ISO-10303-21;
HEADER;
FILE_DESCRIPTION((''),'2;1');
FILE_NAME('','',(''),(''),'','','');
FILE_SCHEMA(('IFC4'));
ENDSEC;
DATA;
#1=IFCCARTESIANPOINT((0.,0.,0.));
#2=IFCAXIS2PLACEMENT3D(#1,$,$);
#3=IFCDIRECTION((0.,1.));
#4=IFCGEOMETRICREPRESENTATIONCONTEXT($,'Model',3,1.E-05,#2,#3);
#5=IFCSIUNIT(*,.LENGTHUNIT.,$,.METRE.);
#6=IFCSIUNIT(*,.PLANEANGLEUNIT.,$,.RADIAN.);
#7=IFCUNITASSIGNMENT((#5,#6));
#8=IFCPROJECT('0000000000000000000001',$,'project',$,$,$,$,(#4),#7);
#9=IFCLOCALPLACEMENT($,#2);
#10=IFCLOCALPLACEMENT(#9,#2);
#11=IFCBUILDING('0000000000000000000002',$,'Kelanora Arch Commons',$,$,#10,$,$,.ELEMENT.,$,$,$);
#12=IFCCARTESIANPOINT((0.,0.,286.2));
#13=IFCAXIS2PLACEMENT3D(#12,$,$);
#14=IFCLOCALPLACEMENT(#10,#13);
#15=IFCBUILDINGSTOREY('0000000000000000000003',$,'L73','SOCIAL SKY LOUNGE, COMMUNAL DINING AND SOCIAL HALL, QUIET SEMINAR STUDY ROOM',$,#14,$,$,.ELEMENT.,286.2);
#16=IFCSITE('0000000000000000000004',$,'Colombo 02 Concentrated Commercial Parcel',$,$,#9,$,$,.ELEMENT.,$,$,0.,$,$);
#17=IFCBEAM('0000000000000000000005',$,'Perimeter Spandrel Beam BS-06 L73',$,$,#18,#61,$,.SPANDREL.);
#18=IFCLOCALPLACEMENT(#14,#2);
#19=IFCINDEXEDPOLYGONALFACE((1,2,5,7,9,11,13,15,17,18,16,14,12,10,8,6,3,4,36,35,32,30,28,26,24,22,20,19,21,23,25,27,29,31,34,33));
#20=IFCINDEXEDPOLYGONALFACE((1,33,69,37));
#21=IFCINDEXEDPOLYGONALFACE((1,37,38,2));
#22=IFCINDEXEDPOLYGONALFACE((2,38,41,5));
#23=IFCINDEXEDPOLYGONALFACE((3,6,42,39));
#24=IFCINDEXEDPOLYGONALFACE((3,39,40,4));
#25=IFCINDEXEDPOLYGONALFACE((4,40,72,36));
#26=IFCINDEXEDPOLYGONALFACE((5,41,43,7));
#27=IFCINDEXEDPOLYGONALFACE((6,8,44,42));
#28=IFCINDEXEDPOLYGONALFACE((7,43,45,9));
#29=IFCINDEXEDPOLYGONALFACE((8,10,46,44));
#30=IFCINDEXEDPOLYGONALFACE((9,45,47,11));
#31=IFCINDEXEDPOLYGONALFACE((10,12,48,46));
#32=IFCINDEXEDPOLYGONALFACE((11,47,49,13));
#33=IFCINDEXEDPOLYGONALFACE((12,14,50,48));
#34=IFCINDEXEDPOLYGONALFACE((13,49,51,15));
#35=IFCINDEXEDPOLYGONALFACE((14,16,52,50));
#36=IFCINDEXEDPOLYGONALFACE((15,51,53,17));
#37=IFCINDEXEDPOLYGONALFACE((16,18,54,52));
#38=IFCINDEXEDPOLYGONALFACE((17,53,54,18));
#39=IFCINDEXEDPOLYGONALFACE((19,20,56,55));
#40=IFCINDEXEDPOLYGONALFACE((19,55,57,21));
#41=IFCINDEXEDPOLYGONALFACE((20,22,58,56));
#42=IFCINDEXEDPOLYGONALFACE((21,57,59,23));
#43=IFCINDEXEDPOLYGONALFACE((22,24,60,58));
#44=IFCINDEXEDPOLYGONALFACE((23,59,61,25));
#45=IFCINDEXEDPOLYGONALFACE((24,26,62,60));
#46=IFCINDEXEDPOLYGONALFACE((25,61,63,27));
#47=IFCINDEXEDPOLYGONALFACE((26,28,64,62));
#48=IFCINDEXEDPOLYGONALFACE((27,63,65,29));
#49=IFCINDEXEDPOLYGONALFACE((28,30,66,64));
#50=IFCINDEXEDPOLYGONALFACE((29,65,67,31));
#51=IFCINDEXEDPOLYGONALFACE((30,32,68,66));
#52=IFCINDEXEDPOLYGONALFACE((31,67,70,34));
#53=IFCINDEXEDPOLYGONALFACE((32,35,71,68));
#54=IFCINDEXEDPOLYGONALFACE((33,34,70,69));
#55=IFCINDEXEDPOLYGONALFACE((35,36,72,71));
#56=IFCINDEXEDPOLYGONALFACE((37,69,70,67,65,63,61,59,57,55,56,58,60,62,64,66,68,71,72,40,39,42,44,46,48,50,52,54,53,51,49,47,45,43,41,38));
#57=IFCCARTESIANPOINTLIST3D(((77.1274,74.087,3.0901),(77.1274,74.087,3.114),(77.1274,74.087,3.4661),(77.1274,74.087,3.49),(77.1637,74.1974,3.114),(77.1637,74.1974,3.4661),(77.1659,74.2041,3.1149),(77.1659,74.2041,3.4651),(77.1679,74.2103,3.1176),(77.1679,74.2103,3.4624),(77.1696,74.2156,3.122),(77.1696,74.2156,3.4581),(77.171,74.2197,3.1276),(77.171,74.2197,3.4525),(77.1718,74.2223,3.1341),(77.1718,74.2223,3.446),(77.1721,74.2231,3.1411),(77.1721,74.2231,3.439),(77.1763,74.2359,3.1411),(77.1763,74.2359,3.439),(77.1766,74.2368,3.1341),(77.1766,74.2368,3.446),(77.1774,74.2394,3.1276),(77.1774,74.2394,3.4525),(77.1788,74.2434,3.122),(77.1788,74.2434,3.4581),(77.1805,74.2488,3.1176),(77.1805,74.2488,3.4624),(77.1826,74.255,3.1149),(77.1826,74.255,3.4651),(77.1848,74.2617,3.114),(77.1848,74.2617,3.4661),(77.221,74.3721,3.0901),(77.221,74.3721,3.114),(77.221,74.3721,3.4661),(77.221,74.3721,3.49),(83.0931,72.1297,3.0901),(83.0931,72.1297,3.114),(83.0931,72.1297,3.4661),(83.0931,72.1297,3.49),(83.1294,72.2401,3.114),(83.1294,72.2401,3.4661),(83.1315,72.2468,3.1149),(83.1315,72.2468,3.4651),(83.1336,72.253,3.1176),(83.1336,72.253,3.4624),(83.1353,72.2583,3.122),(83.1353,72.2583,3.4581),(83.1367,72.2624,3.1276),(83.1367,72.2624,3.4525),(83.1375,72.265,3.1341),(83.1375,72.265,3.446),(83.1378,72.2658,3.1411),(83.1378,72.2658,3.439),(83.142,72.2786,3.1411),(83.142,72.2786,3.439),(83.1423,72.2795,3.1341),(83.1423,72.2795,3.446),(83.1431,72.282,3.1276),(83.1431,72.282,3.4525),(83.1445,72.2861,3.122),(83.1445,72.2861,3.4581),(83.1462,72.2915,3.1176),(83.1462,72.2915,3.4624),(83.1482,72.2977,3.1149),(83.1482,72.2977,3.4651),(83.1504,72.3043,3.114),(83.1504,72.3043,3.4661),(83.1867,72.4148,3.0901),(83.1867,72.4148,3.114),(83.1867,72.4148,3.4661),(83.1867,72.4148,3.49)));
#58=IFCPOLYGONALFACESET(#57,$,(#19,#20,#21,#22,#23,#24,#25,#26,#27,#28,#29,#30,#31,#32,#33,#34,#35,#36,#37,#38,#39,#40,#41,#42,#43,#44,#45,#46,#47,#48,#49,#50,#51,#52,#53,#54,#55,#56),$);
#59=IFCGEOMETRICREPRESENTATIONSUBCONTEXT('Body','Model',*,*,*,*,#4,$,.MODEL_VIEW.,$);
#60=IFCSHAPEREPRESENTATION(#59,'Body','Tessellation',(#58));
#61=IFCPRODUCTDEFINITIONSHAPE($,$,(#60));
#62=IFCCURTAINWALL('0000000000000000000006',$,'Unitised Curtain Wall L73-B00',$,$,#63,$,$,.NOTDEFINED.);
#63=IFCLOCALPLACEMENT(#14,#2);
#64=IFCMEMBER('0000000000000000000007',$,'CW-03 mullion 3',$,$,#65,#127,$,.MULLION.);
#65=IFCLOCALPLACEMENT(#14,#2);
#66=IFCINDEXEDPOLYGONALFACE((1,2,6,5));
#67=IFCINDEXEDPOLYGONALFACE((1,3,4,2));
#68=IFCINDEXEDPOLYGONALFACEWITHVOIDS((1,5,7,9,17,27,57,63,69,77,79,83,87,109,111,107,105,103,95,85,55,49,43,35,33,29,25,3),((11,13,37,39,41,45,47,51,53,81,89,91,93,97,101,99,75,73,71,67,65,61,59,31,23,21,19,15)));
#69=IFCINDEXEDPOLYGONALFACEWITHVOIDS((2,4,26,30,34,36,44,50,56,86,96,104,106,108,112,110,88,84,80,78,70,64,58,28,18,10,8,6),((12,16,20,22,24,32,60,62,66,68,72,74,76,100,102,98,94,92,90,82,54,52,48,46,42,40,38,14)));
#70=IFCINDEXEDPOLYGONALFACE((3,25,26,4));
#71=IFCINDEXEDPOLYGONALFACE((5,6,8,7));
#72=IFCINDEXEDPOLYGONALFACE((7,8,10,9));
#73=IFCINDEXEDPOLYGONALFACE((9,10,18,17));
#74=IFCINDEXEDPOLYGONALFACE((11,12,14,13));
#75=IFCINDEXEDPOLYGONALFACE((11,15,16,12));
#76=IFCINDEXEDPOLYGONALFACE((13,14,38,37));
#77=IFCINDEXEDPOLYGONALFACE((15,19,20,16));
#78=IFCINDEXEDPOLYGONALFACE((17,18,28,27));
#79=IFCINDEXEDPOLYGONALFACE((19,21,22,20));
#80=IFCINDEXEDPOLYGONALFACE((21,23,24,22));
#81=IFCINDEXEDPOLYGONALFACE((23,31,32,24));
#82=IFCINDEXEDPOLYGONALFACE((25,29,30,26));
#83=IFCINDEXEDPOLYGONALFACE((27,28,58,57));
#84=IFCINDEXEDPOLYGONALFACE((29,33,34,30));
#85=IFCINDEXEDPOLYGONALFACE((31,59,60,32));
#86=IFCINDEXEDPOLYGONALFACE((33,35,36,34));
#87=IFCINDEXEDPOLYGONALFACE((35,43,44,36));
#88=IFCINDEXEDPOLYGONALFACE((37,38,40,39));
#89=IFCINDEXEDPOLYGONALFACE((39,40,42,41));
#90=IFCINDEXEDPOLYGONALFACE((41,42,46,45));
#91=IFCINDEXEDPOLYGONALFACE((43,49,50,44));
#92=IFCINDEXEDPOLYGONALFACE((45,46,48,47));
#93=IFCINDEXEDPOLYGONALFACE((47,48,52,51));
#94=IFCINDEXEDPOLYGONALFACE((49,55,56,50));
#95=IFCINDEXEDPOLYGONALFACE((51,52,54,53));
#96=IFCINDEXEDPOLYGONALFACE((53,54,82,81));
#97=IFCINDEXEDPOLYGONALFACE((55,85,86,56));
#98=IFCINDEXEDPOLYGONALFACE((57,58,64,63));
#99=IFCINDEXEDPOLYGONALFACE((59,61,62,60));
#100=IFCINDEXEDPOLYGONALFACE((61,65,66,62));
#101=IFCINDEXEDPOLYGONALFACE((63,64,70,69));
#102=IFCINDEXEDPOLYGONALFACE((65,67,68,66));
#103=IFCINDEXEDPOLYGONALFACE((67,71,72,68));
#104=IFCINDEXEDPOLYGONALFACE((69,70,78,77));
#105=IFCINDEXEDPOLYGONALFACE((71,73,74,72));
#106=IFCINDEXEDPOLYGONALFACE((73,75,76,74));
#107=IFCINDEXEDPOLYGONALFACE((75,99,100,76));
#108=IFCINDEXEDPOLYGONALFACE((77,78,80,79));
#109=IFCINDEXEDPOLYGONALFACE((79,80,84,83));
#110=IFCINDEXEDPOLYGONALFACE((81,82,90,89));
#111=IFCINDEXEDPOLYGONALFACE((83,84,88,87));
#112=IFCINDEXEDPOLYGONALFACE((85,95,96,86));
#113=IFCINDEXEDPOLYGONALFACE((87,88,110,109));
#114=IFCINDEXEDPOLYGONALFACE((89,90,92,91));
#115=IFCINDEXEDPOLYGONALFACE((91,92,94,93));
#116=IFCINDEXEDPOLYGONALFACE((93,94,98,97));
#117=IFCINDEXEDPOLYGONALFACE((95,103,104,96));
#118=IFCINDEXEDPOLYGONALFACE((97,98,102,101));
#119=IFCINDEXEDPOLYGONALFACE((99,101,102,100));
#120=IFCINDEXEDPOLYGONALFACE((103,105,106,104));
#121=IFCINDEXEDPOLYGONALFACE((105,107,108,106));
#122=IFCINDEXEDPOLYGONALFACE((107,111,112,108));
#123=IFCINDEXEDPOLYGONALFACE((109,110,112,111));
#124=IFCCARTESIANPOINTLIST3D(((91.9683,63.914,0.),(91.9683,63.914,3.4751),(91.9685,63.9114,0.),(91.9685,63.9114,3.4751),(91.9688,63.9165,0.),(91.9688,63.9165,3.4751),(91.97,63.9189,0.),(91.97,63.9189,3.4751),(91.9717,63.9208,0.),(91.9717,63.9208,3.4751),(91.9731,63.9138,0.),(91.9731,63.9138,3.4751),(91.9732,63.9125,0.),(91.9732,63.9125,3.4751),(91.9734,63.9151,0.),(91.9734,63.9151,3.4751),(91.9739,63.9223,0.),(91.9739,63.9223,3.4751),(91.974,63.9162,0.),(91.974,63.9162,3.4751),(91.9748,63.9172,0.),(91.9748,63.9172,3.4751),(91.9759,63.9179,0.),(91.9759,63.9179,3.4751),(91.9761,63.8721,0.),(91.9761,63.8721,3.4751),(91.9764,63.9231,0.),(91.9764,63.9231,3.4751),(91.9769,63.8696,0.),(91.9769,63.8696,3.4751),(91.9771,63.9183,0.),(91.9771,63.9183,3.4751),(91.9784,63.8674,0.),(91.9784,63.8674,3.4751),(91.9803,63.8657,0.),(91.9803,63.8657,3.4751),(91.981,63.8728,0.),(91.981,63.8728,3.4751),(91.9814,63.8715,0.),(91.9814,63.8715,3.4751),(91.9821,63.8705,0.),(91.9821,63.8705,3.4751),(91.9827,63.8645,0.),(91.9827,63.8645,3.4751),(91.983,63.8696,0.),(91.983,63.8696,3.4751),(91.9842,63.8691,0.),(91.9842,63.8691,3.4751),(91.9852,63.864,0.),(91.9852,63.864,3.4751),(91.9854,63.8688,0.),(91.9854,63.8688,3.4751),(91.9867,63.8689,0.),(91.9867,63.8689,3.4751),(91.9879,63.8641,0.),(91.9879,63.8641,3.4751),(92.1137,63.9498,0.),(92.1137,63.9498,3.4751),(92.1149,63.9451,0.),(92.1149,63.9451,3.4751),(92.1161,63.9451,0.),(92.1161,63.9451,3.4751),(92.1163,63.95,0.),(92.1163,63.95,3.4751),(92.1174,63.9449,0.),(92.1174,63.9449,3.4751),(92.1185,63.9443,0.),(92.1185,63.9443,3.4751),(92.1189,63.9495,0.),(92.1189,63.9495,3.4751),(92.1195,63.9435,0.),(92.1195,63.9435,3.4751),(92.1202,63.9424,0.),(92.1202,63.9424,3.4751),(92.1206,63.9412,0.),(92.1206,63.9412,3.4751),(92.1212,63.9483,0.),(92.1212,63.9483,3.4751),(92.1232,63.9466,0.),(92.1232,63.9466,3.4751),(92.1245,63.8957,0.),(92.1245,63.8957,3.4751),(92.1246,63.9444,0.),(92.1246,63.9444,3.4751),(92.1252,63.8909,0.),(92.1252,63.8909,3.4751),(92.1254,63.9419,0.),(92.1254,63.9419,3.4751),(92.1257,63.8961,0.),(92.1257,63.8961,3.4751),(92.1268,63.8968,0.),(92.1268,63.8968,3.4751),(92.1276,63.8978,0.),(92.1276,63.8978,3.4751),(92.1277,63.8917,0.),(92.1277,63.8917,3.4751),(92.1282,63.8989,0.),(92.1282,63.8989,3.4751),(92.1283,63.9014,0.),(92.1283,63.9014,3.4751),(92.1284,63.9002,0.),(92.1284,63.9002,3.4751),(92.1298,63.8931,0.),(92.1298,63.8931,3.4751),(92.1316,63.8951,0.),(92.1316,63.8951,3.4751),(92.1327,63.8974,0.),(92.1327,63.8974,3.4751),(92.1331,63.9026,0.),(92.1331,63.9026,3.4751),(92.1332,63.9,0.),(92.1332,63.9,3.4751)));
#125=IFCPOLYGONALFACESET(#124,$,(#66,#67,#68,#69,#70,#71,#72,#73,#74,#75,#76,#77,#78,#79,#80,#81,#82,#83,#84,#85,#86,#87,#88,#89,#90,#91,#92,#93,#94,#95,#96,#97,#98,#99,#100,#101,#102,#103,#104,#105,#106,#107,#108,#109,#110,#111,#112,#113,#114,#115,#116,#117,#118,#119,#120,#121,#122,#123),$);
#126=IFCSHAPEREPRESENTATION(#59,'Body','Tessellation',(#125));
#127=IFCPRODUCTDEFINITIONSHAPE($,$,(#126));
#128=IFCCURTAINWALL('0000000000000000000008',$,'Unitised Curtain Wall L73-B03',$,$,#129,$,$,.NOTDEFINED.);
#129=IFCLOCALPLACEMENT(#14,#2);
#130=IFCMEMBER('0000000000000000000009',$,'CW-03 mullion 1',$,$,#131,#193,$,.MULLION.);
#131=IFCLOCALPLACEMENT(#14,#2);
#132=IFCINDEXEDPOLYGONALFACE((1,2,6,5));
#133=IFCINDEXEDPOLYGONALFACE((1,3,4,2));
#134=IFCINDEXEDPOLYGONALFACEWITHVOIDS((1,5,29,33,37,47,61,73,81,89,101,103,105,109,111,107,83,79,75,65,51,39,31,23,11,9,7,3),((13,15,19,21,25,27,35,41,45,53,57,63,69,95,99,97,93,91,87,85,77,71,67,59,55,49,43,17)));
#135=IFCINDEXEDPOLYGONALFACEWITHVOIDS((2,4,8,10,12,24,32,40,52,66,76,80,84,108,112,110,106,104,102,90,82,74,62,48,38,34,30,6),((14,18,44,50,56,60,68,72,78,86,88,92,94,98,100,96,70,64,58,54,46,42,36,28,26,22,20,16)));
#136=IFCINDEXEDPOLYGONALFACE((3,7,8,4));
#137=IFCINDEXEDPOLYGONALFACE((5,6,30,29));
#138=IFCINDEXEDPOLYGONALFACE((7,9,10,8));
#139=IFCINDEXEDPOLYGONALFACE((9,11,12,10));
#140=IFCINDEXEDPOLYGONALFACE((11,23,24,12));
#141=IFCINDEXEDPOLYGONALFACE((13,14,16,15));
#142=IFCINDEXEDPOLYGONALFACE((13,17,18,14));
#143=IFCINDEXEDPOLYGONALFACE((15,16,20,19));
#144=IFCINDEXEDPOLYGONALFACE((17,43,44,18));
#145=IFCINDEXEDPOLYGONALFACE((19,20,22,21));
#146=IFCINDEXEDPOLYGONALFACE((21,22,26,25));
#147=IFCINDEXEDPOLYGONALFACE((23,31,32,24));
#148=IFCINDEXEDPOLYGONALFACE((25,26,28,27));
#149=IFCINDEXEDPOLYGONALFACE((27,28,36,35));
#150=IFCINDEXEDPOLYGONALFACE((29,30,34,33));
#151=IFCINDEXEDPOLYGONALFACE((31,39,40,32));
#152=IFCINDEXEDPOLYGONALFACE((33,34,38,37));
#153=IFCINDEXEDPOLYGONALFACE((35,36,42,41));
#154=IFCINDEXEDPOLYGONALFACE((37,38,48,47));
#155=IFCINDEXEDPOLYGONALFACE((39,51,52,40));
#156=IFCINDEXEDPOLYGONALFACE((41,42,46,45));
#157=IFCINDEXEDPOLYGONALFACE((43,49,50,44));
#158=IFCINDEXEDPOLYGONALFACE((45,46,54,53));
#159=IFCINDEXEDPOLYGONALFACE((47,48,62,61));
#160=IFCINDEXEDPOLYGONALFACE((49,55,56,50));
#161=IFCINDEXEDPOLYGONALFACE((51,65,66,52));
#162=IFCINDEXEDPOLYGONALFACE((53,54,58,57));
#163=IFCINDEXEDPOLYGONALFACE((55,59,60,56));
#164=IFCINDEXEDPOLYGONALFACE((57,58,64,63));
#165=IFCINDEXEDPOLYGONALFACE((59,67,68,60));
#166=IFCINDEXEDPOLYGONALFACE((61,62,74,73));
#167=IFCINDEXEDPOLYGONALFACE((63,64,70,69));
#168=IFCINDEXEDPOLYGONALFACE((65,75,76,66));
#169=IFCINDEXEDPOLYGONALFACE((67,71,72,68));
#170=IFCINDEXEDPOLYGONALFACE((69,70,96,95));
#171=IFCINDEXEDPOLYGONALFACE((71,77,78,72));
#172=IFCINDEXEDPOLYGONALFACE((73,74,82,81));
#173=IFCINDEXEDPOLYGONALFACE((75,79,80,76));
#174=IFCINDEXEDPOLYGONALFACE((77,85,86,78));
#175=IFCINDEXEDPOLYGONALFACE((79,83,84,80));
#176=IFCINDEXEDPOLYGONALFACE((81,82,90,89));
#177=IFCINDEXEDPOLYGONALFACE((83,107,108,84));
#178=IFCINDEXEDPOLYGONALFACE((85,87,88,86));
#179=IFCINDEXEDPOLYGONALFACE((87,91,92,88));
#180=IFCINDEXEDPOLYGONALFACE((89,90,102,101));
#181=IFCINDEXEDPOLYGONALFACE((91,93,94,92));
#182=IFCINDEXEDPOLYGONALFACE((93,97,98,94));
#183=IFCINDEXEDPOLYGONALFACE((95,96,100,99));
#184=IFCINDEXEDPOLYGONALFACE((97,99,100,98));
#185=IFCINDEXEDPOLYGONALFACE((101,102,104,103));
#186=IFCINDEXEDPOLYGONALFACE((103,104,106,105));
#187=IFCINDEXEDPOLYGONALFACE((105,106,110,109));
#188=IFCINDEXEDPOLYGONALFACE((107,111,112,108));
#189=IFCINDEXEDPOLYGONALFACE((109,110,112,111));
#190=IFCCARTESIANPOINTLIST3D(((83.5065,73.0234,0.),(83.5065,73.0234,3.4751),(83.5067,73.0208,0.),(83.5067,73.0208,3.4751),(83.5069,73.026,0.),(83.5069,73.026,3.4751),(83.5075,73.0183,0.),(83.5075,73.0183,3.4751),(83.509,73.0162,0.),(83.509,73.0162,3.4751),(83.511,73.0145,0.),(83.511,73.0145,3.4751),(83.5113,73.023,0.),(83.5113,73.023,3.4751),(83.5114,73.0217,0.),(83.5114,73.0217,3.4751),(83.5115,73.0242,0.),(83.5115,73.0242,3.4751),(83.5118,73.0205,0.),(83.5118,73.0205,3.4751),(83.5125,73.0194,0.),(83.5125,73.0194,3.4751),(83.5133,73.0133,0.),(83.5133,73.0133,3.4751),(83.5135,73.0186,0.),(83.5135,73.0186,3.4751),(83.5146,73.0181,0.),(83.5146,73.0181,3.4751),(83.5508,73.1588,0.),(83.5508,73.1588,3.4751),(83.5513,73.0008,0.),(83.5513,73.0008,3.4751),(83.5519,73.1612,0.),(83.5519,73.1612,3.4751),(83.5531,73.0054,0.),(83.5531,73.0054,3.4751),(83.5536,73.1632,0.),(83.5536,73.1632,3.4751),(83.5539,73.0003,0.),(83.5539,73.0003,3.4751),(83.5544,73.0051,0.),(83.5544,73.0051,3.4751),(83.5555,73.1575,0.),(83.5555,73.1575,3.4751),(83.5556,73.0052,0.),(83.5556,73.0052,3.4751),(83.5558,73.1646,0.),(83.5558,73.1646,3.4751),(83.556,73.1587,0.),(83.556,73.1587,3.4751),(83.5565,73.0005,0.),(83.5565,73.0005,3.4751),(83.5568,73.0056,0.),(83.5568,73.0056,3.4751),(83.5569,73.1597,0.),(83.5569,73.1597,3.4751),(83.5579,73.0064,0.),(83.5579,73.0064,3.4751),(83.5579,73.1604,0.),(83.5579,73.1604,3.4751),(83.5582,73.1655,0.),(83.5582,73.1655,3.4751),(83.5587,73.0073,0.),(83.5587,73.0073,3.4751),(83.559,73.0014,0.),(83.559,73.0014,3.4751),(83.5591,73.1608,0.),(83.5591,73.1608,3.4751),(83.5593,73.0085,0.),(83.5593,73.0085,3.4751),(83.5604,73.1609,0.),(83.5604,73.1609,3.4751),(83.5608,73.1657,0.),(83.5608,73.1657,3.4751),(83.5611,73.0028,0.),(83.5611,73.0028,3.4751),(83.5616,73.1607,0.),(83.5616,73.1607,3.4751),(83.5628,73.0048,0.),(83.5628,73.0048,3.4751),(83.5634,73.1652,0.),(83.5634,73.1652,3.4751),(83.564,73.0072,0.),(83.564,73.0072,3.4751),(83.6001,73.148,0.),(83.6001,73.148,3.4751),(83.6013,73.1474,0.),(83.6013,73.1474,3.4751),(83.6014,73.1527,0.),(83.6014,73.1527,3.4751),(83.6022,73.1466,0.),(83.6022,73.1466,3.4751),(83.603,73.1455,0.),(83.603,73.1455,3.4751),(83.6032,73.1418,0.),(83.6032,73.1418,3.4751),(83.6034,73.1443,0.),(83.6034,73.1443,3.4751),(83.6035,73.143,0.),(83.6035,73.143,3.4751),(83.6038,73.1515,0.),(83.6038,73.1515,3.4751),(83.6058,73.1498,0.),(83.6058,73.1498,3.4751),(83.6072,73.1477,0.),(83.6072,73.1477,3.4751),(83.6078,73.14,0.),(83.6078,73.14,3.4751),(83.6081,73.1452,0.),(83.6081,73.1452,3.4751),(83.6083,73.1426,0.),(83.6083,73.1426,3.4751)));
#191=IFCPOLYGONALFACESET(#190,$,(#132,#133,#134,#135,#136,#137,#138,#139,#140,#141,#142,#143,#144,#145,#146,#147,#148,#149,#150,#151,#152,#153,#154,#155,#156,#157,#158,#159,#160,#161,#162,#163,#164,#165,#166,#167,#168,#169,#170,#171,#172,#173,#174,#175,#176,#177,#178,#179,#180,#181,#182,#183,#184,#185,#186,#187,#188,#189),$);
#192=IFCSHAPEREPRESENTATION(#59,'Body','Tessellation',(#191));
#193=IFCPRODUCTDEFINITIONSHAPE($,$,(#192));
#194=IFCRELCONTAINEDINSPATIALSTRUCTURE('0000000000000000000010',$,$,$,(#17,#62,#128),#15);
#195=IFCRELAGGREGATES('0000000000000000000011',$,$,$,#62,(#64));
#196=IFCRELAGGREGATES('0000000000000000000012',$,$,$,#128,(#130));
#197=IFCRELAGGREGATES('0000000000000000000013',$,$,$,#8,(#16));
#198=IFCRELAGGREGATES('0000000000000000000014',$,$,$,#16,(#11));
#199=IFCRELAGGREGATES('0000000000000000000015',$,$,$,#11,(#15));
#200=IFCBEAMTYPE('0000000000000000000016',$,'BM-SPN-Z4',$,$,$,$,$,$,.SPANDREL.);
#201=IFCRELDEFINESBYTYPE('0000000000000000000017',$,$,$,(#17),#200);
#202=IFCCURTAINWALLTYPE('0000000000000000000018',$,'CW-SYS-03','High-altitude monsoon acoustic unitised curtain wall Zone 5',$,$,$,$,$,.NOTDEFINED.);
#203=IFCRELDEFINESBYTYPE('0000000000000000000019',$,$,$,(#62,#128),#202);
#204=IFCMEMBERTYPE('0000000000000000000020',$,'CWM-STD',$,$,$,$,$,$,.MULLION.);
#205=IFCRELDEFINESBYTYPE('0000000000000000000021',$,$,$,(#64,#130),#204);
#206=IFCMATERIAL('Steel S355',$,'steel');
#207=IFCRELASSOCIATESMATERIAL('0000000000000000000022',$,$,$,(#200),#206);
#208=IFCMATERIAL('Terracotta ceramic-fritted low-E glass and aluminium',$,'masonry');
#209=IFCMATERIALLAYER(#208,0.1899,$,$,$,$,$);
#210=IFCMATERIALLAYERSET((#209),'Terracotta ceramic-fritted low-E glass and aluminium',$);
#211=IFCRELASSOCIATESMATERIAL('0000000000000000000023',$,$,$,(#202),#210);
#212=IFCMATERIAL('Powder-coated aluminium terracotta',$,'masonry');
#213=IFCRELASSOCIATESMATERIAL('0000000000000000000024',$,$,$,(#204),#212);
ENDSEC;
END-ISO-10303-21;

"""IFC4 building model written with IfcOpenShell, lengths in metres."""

from ifc_helpers import new_model, si_unit, direction, frame, origin, origin_2d, place, context, subcontext, project, spatial, hollow_rectangle, i_section, extrude, material, layer, layer_set, material_profile, profile_set, type_object, element, aggregate, save


model = new_model("IFC4")

# Units and contexts
model_context = context("Model", 3, precision=1e-05, world=origin(), true_north=direction((0.0, 1.0)))
body_context = subcontext(model_context, "Body", "Model", "MODEL_VIEW")
ifc_project = project(units=[si_unit("LENGTHUNIT", "METRE"), si_unit("PLANEANGLEUNIT", "RADIAN")], contexts=[model_context])

# Site, building, storey
site_placement = place(None, origin())
site = spatial("IfcSite", under=ifc_project, at=site_placement, Name="Colombo 02 Concentrated Commercial Parcel", CompositionType="ELEMENT", RefElevation=0.0)
building_placement = place(site_placement, origin())
building = spatial("IfcBuilding", under=site, at=building_placement, Name="Kelanora Arch Commons", CompositionType="ELEMENT")
storey_placement = place(building_placement, frame((0.0, 0.0, 286.2)))
storey = spatial("IfcBuildingStorey", under=building, at=storey_placement, Name="L73", Description="SOCIAL SKY LOUNGE, COMMUNAL DINING AND SOCIAL HALL, QUIET SEMINAR STUDY ROOM", CompositionType="ELEMENT", Elevation=286.2)

# Beam
ifc_material_1 = material(Name="Steel S355", Category="steel")
ifc_material_profile_1 = material_profile(ifc_material_1, i_section(OverallWidth=0.3, OverallDepth=0.3999, WebThickness=0.0134, FlangeThickness=0.0239, FilletRadius=0.0271, at=origin_2d()), Name="HEB400")
ifc_profile_set_1 = profile_set([ifc_material_profile_1], Name="Steel S355")
beam_type_1 = type_object("IfcBeamType", Name="BM-SPN-Z4", PredefinedType="SPANDREL", material=ifc_profile_set_1)
beam_1_placement = place(storey_placement, frame((83.1399, 72.2722, 3.29), z_axis=(-0.950166, 0.311745, 0.0), x_axis=(-0.311745, -0.950166, 0.0)))
element("IfcBeam", 1, at=beam_1_placement, inside=storey, type_object=beam_type_1, Name="Perimeter Spandrel Beam BS-06 L73", PredefinedType="SPANDREL", context=body_context, shape_type="SweptSolid", body=[
    extrude(i_section(OverallWidth=0.3, OverallDepth=0.3999, WebThickness=0.0134, FlangeThickness=0.0239, FilletRadius=0.0271, at=origin_2d()), origin(), (0.0, 0.0, 1.0), 6.2786),
])

# Curtain wall, member
ifc_material_2 = material(Name="Terracotta ceramic-fritted low-E glass and aluminium", Category="masonry")
ifc_layer_1 = layer(ifc_material_2, 0.1899)
ifc_layer_set_1 = layer_set([ifc_layer_1], Name="Terracotta ceramic-fritted low-E glass and aluminium")
curtain_wall_type = type_object("IfcCurtainWallType", Name="CW-SYS-03", Description="High-altitude monsoon acoustic unitised curtain wall Zone 5", PredefinedType="NOTDEFINED", material=ifc_layer_set_1)
curtain_wall_1_placement = place(storey_placement, origin())
curtain_wall_1 = element("IfcCurtainWall", 2, at=curtain_wall_1_placement, inside=storey, type_object=curtain_wall_type, Name="Unitised Curtain Wall L73-B00", PredefinedType="NOTDEFINED")
ifc_material_3 = material(Name="Powder-coated aluminium terracotta", Category="masonry")
ifc_material_profile_2 = material_profile(ifc_material_3, hollow_rectangle(XDim=0.1599, YDim=0.0601, WallThickness=0.0049, InnerFilletRadius=0.0049, OuterFilletRadius=0.01, at=origin_2d()), Name="CWM160x60")
ifc_profile_set_2 = profile_set([ifc_material_profile_2], Name="Powder-coated aluminium terracotta")
member_type_1 = type_object("IfcMemberType", Name="CWM-STD", PredefinedType="MULLION", material=ifc_profile_set_2)
member_1_placement = place(storey_placement, frame((92.0508, 63.907, 0.0), z_axis=(0.0, 0.0, 1.0), x_axis=(-0.981596, -0.190972, 0.0)))
member_1 = element("IfcMember", 3, at=member_1_placement, type_object=member_type_1, Name="CW-03 mullion 3", PredefinedType="MULLION", context=body_context, shape_type="SweptSolid", body=[
    extrude(hollow_rectangle(XDim=0.1599, YDim=0.0601, WallThickness=0.0049, InnerFilletRadius=0.0049, OuterFilletRadius=0.01, at=origin_2d()), origin(), (0.0, 0.0, 1.0), 3.4751),
])
aggregate(curtain_wall_1, [member_1])

# Curtain wall, member
curtain_wall_2_placement = place(storey_placement, origin())
curtain_wall_2 = element("IfcCurtainWall", 4, at=curtain_wall_2_placement, inside=storey, type_object=curtain_wall_type, Name="Unitised Curtain Wall L73-B03", PredefinedType="NOTDEFINED")
member_2_placement = place(storey_placement, frame((83.5574, 73.083, 0.0), z_axis=(0.0, 0.0, 1.0), x_axis=(-0.313253, -0.94967, 0.0)))
member_2 = element("IfcMember", 5, at=member_2_placement, type_object=member_type_1, Name="CW-03 mullion 1", PredefinedType="MULLION", context=body_context, shape_type="SweptSolid", body=[
    extrude(hollow_rectangle(XDim=0.1599, YDim=0.0601, WallThickness=0.0049, InnerFilletRadius=0.0049, OuterFilletRadius=0.01, at=origin_2d()), origin(), (0.0, 0.0, 1.0), 3.4751),
])
aggregate(curtain_wall_2, [member_2])

save(model, "model.ifc")
